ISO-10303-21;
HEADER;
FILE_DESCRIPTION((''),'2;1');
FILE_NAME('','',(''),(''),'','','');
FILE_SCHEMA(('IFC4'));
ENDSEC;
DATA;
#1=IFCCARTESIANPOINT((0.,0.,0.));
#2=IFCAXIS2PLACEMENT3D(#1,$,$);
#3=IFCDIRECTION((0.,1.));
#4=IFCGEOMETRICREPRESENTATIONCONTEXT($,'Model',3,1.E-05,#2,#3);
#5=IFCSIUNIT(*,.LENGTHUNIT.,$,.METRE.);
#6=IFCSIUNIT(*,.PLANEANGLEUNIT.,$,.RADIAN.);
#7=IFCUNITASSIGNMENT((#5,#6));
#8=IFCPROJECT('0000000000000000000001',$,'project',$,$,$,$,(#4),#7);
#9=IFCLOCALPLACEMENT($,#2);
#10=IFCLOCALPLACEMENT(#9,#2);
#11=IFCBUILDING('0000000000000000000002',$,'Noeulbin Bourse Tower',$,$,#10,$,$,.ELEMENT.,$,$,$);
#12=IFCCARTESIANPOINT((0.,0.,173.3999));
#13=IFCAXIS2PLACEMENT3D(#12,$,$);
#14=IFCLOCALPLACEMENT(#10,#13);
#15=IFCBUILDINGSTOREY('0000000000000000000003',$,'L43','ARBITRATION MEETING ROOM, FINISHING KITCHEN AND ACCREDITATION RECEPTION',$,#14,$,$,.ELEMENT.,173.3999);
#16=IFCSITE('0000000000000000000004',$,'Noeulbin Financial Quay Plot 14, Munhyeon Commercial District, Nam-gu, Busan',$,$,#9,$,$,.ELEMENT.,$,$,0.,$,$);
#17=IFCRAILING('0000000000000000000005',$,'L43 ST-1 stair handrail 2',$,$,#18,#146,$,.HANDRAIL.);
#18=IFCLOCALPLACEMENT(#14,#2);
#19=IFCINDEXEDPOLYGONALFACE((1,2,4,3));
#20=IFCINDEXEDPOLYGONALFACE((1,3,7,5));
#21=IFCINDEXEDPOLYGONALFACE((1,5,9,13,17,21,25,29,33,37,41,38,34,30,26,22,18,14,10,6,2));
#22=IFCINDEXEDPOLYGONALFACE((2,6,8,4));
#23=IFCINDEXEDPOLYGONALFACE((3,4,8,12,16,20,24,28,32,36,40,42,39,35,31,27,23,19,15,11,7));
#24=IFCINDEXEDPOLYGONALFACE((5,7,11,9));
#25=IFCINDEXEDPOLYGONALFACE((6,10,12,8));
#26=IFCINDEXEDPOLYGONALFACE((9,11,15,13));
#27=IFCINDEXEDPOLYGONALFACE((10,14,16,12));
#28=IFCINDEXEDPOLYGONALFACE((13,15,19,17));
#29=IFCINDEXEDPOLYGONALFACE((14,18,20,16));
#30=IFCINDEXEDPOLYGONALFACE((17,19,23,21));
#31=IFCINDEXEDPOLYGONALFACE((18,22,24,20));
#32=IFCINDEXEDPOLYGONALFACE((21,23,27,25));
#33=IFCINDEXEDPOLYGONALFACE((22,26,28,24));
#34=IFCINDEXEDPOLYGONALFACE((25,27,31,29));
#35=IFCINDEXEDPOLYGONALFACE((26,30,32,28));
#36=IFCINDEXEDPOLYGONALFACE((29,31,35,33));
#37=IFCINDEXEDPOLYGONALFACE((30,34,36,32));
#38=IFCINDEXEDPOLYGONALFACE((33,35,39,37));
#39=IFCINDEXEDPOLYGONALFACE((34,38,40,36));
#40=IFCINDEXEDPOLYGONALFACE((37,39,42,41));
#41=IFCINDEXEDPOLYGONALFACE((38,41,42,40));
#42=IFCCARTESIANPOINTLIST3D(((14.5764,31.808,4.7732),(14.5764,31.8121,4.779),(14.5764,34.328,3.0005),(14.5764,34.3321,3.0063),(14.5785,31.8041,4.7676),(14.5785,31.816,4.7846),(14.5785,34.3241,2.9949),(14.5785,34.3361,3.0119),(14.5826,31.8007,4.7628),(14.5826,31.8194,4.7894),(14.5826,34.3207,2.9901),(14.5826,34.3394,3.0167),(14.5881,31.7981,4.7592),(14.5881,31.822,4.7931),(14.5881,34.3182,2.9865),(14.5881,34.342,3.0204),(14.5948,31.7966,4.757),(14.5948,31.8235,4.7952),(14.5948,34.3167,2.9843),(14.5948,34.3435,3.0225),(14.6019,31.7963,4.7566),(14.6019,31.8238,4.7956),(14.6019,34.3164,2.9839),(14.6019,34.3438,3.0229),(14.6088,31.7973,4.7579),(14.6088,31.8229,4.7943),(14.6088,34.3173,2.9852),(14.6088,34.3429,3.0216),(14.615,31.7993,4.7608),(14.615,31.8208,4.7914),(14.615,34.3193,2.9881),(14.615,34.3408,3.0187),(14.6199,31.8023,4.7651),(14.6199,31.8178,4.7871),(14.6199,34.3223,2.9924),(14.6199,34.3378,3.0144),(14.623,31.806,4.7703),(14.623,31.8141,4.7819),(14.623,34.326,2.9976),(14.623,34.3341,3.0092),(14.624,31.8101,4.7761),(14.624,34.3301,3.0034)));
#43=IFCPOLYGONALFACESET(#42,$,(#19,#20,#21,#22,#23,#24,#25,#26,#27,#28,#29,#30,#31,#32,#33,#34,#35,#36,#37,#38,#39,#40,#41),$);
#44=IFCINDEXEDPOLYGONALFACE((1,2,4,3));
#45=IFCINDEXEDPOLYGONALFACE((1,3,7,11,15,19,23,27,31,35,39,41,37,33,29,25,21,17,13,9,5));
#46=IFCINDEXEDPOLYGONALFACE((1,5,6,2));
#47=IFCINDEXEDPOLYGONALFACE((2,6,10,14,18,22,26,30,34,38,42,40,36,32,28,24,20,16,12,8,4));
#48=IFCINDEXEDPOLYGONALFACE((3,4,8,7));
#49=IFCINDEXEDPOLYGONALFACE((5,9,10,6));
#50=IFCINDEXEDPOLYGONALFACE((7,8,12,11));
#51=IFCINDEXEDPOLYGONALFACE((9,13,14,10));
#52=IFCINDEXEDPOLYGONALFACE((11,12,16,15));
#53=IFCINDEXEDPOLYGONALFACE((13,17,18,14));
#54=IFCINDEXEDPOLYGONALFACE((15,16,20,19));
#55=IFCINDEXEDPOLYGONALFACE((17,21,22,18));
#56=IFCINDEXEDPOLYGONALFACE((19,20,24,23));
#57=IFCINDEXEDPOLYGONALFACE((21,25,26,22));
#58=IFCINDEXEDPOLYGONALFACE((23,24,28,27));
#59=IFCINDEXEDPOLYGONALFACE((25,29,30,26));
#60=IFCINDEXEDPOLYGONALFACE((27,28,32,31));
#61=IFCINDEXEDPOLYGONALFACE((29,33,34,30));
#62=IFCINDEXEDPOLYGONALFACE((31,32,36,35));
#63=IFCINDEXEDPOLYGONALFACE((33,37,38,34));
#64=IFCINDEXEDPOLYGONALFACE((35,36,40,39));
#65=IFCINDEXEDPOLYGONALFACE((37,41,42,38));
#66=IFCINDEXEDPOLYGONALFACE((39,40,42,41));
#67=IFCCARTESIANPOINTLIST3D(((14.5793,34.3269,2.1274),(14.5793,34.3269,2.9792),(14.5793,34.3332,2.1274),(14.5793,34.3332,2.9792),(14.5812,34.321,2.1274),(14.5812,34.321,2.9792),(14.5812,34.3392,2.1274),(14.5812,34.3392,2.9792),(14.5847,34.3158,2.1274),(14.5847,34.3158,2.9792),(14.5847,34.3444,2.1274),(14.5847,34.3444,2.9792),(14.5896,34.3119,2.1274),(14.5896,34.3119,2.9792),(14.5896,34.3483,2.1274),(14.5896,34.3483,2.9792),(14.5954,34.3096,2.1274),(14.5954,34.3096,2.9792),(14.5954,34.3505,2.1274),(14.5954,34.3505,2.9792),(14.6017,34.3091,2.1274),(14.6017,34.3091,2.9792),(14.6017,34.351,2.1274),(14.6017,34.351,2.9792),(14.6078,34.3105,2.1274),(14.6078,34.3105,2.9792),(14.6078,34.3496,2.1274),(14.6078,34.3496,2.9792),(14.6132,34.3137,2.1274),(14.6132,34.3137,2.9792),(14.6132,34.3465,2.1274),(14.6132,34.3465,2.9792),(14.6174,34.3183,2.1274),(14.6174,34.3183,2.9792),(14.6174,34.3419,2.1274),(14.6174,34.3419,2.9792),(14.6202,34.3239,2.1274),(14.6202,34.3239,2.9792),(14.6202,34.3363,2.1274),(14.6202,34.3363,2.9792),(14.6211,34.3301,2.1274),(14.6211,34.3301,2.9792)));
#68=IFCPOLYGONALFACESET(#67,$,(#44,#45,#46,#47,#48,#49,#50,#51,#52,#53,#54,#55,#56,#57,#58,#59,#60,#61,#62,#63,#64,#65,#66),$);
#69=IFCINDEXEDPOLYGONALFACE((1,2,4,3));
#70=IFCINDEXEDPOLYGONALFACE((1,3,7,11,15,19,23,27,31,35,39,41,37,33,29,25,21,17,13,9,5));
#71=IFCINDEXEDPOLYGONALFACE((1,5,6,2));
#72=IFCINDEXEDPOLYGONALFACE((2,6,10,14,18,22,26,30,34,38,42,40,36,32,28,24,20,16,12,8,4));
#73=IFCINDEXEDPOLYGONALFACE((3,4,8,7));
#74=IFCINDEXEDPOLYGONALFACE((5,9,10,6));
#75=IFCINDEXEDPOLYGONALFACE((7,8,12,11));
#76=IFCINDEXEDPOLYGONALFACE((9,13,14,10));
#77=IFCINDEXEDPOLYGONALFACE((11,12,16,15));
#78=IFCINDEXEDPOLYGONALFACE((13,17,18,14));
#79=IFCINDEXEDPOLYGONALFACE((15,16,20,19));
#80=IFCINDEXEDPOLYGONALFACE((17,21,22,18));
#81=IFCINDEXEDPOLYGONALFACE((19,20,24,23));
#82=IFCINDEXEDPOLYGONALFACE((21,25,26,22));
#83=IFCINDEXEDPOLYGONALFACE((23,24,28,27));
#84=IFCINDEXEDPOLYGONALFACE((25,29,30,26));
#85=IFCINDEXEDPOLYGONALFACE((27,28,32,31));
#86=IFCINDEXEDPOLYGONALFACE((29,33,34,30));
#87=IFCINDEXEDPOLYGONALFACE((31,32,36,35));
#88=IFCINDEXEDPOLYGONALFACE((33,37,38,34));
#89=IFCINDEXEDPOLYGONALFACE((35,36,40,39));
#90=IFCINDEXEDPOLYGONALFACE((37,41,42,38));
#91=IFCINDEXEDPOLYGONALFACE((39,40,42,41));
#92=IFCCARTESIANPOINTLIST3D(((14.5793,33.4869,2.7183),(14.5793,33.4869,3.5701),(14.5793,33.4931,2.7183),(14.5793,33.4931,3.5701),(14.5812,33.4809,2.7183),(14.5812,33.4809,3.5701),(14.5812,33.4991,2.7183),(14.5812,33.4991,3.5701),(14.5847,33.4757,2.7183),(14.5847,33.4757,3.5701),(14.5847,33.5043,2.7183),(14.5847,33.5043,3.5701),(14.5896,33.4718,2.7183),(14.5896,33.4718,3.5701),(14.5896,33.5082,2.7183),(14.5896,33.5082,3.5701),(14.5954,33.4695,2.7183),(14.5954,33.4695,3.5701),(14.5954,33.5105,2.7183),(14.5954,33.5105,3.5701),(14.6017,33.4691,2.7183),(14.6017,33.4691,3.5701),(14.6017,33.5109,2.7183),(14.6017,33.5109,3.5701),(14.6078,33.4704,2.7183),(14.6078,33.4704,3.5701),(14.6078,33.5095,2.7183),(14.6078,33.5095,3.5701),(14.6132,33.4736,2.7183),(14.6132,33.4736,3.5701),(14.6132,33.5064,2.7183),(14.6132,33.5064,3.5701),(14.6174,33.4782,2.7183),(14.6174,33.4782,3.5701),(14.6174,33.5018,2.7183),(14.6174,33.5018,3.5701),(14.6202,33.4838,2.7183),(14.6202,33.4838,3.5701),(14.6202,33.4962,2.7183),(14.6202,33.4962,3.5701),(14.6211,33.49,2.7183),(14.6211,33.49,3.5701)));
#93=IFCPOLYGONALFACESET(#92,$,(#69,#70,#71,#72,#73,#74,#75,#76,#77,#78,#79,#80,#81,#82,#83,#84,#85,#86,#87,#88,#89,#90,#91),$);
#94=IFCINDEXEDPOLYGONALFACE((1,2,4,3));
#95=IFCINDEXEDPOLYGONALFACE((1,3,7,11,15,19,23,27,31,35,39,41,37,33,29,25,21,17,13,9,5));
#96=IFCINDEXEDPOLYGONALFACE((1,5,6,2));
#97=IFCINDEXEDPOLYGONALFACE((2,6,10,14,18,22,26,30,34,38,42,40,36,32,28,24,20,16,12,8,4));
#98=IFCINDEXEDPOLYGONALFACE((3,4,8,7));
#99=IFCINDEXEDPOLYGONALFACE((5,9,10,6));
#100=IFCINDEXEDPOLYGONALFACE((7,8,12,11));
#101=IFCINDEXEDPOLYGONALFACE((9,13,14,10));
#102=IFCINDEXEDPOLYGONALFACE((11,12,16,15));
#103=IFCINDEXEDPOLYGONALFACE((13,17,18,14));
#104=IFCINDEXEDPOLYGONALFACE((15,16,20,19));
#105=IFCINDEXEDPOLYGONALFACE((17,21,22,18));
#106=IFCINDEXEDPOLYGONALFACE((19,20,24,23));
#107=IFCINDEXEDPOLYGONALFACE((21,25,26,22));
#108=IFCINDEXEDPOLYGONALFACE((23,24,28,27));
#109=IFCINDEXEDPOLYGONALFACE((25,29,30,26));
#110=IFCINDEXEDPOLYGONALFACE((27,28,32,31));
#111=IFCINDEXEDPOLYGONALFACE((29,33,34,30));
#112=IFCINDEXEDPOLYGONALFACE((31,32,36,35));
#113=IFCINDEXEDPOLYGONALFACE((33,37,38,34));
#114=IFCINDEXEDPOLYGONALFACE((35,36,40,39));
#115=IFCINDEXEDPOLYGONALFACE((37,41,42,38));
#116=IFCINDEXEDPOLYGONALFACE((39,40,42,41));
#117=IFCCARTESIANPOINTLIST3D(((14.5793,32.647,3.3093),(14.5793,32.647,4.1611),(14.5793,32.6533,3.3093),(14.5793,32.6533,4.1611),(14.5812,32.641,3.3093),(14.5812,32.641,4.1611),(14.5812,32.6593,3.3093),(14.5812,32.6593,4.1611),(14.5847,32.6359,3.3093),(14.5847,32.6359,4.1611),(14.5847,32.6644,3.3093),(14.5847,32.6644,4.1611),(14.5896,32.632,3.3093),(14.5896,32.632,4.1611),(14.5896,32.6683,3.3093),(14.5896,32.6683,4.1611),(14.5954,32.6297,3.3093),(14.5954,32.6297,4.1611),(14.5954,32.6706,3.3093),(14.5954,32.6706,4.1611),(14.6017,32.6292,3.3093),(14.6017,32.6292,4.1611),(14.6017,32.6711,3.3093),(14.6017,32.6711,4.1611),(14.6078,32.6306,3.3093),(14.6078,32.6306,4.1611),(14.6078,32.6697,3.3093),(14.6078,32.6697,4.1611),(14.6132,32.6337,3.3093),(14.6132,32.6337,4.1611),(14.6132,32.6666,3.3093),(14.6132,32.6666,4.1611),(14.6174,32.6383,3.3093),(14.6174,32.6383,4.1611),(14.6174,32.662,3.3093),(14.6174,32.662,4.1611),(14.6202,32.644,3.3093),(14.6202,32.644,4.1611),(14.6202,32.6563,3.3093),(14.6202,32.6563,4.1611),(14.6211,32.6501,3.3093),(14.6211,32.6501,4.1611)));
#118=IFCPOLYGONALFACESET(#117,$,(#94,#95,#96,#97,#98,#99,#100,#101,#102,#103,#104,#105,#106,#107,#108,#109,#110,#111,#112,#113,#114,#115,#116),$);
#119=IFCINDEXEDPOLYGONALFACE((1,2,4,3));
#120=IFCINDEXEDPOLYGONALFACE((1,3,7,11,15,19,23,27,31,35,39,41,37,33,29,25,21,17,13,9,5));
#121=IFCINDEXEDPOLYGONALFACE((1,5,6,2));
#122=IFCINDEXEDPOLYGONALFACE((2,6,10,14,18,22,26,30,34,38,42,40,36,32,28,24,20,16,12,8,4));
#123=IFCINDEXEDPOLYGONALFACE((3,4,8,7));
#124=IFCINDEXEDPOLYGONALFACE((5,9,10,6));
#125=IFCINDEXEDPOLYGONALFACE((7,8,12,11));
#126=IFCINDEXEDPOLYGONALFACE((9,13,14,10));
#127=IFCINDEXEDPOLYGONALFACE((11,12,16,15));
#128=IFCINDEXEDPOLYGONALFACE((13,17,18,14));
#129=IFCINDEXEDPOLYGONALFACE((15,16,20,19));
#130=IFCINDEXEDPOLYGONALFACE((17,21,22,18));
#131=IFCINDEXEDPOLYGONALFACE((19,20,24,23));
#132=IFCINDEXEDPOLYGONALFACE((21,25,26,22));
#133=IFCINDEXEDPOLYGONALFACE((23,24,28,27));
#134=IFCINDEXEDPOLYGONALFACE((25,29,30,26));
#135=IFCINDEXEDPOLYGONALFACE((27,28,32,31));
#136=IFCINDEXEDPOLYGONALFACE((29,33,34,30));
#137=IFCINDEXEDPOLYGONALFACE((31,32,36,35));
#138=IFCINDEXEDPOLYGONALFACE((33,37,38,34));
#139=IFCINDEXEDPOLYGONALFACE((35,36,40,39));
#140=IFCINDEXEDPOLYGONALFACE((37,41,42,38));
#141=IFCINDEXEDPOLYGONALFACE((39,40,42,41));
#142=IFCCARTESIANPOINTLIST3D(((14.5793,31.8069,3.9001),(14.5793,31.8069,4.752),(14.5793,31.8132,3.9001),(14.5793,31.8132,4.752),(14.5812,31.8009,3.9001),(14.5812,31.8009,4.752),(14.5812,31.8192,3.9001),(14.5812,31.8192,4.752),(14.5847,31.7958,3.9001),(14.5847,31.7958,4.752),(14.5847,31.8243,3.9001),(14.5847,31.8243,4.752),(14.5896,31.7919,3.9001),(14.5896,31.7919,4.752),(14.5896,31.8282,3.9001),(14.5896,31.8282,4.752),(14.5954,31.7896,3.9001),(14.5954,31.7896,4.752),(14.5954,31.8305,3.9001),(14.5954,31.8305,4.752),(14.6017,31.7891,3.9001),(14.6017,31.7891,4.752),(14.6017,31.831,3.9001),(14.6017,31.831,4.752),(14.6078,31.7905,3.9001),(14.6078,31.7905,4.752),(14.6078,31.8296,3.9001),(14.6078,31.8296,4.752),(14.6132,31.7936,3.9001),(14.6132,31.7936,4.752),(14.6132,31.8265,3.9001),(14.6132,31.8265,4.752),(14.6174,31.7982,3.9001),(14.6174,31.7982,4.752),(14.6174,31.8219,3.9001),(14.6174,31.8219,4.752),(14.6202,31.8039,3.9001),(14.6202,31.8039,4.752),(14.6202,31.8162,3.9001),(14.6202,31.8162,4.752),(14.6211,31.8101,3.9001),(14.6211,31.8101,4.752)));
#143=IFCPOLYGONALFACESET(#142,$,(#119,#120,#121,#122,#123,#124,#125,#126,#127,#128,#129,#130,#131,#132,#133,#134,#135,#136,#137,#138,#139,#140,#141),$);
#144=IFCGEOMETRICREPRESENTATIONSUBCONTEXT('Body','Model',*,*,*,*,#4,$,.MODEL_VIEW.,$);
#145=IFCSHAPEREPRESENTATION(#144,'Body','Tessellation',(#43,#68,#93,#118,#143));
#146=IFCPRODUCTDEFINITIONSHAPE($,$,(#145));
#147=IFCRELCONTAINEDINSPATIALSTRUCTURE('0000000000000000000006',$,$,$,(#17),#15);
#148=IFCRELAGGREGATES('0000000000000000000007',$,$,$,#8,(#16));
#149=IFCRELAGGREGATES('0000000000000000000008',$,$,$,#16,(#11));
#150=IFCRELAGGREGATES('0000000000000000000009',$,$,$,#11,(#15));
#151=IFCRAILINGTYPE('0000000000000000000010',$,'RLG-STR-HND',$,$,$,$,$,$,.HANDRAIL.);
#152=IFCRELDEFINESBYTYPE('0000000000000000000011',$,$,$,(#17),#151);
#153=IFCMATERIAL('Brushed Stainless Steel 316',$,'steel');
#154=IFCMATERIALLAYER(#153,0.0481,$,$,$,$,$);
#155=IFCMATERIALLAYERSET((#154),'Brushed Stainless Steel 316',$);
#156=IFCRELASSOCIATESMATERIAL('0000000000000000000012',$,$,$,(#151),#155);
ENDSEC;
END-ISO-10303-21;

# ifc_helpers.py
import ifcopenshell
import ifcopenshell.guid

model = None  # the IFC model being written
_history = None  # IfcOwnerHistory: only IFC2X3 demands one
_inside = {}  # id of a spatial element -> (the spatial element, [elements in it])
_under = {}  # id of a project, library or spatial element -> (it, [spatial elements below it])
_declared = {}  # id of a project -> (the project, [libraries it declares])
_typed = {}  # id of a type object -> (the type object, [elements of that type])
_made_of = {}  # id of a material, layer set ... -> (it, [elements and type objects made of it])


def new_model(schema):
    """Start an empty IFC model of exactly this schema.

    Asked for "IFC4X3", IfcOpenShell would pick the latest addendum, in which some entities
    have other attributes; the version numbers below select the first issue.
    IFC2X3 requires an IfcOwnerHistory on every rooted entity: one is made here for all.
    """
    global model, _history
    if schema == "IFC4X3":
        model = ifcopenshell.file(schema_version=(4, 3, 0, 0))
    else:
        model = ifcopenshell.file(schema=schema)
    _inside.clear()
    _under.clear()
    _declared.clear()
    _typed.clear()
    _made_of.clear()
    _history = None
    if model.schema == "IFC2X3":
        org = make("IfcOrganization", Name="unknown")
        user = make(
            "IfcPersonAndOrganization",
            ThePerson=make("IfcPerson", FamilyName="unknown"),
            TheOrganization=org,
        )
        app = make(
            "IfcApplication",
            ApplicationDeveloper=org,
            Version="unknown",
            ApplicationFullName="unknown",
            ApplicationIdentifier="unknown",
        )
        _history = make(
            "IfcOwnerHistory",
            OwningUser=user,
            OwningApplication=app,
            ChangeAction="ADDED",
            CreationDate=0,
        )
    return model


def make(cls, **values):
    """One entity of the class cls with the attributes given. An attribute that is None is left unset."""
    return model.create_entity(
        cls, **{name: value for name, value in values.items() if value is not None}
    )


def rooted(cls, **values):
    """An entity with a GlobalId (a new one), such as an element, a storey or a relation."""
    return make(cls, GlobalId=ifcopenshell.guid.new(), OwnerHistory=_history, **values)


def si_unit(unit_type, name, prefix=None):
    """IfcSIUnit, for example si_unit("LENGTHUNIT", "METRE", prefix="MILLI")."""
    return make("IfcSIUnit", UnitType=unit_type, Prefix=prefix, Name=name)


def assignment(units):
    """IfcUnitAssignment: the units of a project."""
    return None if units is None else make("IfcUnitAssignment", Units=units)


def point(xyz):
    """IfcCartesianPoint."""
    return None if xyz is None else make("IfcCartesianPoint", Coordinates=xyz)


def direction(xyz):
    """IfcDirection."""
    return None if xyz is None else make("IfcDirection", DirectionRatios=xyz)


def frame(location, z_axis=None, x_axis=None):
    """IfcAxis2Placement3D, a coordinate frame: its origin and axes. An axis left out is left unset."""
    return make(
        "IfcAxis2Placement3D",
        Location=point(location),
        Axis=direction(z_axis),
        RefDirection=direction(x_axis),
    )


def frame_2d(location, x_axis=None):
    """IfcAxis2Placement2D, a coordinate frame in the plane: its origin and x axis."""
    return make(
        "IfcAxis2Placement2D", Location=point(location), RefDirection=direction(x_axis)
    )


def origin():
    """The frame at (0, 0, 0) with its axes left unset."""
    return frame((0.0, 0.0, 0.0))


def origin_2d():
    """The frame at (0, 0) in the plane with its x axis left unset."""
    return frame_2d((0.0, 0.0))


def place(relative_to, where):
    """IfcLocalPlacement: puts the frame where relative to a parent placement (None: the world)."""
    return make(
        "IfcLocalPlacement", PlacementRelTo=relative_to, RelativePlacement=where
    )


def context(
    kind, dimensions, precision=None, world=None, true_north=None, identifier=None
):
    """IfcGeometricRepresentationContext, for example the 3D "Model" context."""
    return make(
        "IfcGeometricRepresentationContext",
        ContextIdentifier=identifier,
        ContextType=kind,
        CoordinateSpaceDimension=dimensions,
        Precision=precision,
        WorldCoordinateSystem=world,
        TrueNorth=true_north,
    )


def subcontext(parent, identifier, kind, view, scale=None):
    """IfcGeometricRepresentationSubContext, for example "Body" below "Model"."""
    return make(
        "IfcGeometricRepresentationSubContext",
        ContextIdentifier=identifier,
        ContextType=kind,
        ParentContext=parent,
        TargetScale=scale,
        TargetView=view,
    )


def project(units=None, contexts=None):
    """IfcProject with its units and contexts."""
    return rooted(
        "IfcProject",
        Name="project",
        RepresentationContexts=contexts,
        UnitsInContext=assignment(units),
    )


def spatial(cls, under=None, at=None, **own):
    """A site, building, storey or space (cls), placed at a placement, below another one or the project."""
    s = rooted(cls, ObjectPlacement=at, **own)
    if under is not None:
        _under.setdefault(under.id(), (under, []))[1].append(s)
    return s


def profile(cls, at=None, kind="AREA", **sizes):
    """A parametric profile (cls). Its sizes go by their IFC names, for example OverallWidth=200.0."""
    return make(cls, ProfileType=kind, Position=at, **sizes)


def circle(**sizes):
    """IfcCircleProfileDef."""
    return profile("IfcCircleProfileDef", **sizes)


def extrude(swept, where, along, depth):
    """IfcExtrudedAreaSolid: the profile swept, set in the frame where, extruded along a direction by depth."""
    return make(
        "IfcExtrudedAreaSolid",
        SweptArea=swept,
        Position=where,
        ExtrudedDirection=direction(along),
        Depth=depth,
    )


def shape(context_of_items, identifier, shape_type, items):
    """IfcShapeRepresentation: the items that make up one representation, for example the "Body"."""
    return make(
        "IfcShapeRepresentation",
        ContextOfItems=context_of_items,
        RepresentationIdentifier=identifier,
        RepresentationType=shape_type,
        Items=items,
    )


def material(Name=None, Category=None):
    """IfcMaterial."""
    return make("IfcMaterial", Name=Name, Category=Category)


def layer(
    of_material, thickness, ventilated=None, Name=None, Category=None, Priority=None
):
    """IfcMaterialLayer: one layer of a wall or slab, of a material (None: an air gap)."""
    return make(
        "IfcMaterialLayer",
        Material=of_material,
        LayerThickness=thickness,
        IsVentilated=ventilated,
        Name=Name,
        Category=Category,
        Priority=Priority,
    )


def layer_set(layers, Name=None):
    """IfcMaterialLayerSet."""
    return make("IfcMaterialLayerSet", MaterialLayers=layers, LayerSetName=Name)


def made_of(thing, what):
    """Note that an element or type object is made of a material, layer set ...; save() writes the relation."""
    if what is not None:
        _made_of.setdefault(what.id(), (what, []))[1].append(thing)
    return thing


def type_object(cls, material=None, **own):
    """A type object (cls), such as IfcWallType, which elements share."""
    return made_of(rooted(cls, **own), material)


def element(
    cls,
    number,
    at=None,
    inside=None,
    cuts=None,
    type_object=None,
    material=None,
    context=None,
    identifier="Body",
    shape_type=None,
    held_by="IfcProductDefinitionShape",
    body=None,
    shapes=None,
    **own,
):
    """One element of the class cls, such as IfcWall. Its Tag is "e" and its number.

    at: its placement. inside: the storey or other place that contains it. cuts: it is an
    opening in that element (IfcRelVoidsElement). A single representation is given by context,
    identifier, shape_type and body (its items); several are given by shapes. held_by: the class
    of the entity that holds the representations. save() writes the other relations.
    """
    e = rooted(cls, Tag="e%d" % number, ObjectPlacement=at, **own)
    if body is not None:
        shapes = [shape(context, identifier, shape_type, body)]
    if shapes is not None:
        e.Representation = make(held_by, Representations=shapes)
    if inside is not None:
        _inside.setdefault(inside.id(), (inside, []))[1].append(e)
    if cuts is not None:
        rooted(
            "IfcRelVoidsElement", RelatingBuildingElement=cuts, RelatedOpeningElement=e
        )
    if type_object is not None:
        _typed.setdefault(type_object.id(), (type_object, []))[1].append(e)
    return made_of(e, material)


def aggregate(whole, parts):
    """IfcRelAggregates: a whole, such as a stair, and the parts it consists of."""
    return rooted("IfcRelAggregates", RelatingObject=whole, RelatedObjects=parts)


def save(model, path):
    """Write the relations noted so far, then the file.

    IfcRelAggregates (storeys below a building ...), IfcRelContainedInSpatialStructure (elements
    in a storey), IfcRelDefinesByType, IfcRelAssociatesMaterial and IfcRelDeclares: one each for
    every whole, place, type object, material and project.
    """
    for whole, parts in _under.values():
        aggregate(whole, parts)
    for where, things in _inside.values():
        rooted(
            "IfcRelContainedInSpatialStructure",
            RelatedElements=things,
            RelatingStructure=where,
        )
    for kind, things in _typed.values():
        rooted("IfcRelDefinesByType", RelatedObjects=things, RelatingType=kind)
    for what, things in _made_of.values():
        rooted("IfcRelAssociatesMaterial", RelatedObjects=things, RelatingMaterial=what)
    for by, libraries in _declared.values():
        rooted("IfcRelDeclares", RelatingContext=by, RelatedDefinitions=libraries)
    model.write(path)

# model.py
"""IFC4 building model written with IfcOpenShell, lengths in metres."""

from ifc_helpers import new_model, si_unit, direction, frame, origin, origin_2d, place, context, subcontext, project, spatial, circle, extrude, material, layer, layer_set, type_object, element, save


model = new_model("IFC4")

# Units and contexts
model_context = context("Model", 3, precision=1e-05, world=origin(), true_north=direction((0.0, 1.0)))
body_context = subcontext(model_context, "Body", "Model", "MODEL_VIEW")
ifc_project = project(units=[si_unit("LENGTHUNIT", "METRE"), si_unit("PLANEANGLEUNIT", "RADIAN")], contexts=[model_context])

# Site, building, storey
site_placement = place(None, origin())
site = spatial("IfcSite", under=ifc_project, at=site_placement, Name="Noeulbin Financial Quay Plot 14, Munhyeon Commercial District, Nam-gu, Busan", CompositionType="ELEMENT", RefElevation=0.0)
building_placement = place(site_placement, origin())
building = spatial("IfcBuilding", under=site, at=building_placement, Name="Noeulbin Bourse Tower", CompositionType="ELEMENT")
storey_placement = place(building_placement, frame((0.0, 0.0, 173.3999)))
storey = spatial("IfcBuildingStorey", under=building, at=storey_placement, Name="L43", Description="ARBITRATION MEETING ROOM, FINISHING KITCHEN AND ACCREDITATION RECEPTION", CompositionType="ELEMENT", Elevation=173.3999)

# Railing
ifc_material_1 = material(Name="Brushed Stainless Steel 316", Category="steel")
ifc_layer_1 = layer(ifc_material_1, 0.0481)
ifc_layer_set_1 = layer_set([ifc_layer_1], Name="Brushed Stainless Steel 316")
railing_type = type_object("IfcRailingType", Name="RLG-STR-HND", PredefinedType="HANDRAIL", material=ifc_layer_set_1)
railing_placement = place(storey_placement, frame((14.6001, 34.3301, 2.1274)))
element("IfcRailing", 1, at=railing_placement, inside=storey, type_object=railing_type, Name="L43 ST-1 stair handrail 2", PredefinedType="HANDRAIL", context=body_context, shape_type="SweptSolid", body=[
    extrude(circle(Radius=0.0239, at=origin_2d()), frame((0.0, 0.0, 0.876), z_axis=(0.0, -0.817904, 0.575354), x_axis=(1.0, 0.0, 0.0)), (0.0, 0.0, 1.0), 3.0811),
    extrude(circle(Radius=0.021, at=origin_2d()), origin(), (0.0, 0.0, 1.0), 0.8518),
    extrude(circle(Radius=0.021, at=origin_2d()), frame((0.0, -0.8401, 0.5908)), (0.0, 0.0, 1.0), 0.8518),
    extrude(circle(Radius=0.021, at=origin_2d()), frame((0.0, -1.6799, 1.1819)), (0.0, 0.0, 1.0), 0.8518),
    extrude(circle(Radius=0.021, at=origin_2d()), frame((0.0, -2.52, 1.7727)), (0.0, 0.0, 1.0), 0.8518),
])

save(model, "model.ifc")
